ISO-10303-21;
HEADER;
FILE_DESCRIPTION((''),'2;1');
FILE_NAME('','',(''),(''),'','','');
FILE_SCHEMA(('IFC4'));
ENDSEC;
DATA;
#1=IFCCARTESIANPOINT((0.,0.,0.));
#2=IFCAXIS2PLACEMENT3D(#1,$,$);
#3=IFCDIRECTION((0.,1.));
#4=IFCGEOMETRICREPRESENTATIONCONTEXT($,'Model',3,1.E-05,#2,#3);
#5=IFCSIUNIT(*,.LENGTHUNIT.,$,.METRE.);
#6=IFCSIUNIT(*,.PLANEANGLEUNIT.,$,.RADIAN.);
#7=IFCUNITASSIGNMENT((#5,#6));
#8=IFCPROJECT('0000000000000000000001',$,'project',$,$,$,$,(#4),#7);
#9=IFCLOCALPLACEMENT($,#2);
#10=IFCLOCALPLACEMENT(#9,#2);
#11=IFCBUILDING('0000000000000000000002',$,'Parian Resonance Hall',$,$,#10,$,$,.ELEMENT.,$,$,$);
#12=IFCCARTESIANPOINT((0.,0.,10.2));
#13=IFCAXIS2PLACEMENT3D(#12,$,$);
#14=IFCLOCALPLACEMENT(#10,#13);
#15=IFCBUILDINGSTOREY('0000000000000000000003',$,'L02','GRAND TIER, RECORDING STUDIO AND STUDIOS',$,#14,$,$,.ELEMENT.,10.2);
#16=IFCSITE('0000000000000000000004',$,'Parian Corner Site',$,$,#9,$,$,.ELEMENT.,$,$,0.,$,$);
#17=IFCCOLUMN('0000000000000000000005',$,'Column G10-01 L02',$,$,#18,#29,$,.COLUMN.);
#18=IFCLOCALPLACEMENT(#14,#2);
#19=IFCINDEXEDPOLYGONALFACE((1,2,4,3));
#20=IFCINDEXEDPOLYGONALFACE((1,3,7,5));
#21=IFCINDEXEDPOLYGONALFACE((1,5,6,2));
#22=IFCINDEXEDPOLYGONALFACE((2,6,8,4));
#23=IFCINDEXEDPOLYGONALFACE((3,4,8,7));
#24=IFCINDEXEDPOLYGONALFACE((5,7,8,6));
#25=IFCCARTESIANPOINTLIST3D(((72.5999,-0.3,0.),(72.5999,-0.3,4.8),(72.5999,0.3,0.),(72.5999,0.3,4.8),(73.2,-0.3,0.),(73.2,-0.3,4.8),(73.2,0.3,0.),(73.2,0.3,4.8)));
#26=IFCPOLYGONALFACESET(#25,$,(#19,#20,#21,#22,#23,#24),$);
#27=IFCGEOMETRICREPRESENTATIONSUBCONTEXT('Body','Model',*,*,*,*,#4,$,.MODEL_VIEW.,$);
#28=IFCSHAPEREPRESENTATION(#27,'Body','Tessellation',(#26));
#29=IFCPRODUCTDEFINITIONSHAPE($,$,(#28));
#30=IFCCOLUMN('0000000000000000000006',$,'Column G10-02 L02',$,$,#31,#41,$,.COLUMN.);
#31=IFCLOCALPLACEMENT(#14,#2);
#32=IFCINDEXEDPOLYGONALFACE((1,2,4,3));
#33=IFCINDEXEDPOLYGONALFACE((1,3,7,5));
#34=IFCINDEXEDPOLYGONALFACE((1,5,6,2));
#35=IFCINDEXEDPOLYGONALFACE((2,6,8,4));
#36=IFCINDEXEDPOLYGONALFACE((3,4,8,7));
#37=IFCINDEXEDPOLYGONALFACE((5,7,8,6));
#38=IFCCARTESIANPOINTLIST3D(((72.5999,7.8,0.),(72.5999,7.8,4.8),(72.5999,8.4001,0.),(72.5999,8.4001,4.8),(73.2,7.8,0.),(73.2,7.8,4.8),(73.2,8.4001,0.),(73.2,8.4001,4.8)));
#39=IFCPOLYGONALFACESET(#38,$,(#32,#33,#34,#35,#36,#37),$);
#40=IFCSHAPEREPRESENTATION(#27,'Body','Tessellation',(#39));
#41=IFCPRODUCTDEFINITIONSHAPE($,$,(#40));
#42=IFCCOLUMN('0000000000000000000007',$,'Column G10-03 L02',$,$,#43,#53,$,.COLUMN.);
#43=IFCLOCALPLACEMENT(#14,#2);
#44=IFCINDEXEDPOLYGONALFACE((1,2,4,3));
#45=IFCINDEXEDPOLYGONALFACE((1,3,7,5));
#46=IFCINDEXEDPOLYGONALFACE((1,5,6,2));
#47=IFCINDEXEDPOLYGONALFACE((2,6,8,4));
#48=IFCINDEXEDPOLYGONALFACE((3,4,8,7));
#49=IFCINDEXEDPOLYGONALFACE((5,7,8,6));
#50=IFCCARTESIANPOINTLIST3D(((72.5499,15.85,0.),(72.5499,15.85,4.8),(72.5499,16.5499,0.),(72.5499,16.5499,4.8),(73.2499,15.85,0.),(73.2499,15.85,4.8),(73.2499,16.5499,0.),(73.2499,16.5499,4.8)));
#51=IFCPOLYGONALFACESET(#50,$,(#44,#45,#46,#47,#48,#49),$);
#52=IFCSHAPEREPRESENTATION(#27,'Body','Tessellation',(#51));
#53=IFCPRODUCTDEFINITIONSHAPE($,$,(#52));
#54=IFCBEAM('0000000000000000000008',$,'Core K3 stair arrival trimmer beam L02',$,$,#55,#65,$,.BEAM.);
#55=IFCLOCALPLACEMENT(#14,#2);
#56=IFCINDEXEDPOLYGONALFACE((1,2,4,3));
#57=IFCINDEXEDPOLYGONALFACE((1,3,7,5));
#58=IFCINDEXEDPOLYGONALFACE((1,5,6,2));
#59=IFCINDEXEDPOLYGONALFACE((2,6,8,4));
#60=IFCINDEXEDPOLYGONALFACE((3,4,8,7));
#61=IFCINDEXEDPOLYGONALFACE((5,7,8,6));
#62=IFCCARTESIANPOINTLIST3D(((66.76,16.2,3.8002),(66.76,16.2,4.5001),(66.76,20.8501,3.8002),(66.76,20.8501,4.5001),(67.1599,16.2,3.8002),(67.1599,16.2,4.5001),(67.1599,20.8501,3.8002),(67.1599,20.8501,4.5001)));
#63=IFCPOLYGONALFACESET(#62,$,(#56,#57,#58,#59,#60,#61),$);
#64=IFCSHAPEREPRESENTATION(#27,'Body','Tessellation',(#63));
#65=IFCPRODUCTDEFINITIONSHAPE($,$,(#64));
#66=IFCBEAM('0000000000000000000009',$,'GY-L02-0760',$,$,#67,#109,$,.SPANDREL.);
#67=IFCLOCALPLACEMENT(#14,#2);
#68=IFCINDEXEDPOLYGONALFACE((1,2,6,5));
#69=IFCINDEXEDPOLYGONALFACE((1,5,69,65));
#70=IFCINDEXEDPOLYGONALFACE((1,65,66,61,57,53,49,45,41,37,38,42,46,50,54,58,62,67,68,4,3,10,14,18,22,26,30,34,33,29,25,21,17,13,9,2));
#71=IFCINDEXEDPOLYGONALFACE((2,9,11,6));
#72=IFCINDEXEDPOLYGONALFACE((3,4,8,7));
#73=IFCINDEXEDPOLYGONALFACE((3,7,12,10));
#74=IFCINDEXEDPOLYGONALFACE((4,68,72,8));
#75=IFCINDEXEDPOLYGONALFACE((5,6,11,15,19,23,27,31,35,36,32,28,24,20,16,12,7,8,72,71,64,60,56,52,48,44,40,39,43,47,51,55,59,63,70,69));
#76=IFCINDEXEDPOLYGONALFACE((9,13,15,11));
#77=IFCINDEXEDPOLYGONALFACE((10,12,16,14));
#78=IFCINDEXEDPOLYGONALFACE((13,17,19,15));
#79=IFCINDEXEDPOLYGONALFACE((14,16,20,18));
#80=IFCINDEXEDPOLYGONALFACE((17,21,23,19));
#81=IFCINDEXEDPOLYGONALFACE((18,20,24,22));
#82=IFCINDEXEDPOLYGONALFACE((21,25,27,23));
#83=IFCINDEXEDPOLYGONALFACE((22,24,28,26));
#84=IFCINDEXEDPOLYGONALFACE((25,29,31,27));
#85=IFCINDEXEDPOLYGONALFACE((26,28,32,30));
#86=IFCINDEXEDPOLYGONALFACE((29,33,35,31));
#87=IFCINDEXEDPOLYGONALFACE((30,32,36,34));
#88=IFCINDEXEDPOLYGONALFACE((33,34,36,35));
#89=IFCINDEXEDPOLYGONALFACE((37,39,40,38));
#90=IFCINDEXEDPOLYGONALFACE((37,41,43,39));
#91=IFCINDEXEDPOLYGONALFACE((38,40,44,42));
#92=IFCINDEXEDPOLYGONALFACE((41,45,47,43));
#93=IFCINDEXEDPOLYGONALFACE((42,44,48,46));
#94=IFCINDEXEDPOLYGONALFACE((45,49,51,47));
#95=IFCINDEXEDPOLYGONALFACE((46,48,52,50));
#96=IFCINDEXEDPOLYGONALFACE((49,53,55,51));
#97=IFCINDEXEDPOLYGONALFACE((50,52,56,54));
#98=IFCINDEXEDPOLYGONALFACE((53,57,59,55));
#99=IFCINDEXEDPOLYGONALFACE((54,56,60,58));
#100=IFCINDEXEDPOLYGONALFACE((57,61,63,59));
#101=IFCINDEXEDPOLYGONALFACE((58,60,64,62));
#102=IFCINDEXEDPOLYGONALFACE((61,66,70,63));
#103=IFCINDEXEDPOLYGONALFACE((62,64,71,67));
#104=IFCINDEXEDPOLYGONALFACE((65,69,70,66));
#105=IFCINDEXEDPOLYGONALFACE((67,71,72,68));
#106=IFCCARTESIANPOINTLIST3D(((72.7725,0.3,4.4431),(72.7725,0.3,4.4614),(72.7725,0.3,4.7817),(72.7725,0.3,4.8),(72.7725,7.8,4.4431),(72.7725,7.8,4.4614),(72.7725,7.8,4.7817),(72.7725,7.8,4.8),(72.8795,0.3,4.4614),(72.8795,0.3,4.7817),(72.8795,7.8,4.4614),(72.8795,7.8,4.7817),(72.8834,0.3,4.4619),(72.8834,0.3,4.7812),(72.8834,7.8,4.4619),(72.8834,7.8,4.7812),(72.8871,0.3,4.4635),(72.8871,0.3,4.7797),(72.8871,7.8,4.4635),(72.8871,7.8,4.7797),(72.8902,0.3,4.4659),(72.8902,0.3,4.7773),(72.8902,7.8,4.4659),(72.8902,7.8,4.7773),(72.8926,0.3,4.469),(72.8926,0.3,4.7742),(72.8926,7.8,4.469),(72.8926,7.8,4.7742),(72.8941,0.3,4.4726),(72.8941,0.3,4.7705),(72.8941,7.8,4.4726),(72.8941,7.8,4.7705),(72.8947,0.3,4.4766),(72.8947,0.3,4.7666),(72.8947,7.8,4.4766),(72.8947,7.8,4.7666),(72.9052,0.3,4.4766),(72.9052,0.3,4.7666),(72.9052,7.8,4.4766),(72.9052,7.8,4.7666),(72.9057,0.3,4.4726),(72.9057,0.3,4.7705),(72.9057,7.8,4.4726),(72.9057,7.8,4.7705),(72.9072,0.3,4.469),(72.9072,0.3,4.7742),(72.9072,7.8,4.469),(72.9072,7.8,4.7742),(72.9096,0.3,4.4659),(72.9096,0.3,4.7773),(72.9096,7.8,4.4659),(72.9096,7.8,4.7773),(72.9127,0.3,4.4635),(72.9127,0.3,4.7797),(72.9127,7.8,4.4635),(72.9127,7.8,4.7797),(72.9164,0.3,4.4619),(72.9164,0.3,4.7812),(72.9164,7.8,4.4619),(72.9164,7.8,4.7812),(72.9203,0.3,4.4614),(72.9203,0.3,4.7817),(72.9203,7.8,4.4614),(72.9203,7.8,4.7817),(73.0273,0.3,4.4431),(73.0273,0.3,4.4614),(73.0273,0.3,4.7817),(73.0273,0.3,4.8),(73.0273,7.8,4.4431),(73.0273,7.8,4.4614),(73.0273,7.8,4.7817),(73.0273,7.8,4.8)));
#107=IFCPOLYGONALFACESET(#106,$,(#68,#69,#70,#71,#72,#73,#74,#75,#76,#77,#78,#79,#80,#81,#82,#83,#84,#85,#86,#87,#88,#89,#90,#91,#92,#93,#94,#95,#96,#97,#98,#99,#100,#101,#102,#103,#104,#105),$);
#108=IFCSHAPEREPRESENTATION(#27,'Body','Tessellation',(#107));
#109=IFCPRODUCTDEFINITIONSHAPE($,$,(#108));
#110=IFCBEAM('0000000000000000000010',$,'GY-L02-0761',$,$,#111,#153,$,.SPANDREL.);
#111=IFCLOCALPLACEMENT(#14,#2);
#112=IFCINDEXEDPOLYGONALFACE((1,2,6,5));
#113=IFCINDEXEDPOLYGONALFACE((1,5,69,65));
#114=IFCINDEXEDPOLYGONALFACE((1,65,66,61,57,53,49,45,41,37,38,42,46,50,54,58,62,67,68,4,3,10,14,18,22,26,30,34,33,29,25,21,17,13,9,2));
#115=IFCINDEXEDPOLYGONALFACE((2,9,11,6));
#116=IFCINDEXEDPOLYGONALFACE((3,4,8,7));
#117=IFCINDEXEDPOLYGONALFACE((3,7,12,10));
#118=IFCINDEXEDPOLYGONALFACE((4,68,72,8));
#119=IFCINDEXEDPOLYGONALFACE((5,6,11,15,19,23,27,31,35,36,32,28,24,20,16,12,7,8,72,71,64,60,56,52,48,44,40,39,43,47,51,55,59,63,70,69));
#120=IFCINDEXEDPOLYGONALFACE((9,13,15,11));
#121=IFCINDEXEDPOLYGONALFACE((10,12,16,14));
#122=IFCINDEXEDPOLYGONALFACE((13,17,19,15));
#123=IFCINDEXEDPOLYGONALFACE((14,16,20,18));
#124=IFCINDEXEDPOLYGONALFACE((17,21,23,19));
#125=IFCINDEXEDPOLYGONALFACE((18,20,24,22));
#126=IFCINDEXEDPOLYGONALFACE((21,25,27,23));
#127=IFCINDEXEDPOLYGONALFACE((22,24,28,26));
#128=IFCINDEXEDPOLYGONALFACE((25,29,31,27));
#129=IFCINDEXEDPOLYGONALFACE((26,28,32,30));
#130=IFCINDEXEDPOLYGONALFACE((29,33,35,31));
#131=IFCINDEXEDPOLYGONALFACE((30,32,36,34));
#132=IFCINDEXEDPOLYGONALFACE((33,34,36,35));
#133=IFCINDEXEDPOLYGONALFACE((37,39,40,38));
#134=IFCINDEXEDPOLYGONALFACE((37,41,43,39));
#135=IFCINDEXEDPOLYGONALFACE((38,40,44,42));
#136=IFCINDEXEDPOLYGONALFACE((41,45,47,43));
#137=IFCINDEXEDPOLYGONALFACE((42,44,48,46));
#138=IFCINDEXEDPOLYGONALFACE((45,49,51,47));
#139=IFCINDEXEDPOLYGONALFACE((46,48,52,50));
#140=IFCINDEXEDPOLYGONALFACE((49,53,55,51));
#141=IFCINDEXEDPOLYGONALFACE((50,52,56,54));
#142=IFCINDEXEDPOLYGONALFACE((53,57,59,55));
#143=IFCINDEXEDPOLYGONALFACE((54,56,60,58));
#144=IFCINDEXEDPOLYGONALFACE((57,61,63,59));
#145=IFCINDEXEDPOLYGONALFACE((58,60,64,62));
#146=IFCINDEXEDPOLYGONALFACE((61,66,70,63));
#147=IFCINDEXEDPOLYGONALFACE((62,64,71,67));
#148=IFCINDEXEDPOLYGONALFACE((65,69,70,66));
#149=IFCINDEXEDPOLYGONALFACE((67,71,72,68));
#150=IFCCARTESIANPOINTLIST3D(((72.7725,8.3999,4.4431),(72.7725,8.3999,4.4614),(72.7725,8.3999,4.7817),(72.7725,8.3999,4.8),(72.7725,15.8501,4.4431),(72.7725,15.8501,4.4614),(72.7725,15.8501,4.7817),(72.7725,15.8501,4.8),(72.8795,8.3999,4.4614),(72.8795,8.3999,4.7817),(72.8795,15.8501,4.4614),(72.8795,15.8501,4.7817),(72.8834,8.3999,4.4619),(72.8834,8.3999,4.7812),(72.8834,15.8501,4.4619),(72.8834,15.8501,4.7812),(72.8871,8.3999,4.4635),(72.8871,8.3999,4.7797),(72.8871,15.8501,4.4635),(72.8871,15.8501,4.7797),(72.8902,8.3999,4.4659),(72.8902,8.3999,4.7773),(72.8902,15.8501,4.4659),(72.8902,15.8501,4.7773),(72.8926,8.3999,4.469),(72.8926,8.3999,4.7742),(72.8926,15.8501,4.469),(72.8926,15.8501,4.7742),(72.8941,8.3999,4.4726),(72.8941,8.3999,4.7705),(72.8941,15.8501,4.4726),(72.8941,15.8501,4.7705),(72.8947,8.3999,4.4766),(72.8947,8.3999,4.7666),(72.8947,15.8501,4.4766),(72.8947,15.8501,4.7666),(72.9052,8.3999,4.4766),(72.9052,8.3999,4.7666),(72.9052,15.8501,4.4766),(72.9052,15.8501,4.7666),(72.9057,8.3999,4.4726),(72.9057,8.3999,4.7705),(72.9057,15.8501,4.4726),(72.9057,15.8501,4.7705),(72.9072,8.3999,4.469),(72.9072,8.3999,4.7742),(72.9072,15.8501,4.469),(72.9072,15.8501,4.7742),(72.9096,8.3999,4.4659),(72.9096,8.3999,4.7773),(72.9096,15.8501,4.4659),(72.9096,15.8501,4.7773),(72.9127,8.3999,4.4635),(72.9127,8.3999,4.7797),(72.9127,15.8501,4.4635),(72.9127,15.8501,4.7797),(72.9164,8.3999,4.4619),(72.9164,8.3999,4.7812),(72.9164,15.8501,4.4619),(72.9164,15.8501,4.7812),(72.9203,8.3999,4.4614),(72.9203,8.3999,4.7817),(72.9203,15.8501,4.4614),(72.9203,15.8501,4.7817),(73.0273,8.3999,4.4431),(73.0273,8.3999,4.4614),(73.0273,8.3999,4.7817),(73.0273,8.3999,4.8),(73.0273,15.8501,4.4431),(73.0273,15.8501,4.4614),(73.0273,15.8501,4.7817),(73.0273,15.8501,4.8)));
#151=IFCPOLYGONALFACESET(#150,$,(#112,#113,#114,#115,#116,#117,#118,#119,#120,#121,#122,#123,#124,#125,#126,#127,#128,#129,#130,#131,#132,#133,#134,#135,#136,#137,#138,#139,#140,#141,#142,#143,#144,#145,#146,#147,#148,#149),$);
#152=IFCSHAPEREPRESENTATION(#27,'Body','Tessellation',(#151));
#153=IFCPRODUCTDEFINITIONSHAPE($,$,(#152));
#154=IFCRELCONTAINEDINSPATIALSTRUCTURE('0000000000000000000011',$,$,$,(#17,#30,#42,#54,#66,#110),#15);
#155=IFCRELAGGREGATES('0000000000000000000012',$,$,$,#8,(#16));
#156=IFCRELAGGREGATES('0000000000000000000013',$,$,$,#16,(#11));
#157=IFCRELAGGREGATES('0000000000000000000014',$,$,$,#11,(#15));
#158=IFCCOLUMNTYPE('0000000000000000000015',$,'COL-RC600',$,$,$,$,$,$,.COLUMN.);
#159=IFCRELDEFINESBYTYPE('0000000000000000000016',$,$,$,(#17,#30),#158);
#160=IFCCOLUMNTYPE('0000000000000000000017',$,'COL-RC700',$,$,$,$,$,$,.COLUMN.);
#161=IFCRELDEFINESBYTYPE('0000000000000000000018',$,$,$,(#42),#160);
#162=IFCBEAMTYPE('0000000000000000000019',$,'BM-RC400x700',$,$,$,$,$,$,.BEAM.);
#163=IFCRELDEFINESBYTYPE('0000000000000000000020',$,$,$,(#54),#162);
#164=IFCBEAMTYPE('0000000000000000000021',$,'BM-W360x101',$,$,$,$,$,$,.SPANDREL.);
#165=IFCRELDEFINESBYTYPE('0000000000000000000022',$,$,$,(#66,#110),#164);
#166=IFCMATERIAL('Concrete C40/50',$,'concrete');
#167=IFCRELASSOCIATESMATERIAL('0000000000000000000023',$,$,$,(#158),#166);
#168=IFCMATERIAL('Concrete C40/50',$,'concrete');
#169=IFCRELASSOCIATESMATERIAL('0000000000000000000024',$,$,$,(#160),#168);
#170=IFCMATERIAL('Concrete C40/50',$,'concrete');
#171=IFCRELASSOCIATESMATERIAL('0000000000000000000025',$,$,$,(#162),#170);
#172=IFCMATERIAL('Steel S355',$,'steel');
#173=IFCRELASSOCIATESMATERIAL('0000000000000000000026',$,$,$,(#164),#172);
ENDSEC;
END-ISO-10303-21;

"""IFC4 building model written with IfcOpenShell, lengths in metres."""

from ifc_helpers import new_model, si_unit, direction, frame, origin, origin_2d, place, context, subcontext, project, spatial, rectangle, i_section, extrude, material, material_profile, profile_set, type_object, element, save


model = new_model("IFC4")

# Units and contexts
model_context = context("Model", 3, precision=1e-05, world=origin(), true_north=direction((0.0, 1.0)))
body_context = subcontext(model_context, "Body", "Model", "MODEL_VIEW")
ifc_project = project(units=[si_unit("LENGTHUNIT", "METRE"), si_unit("PLANEANGLEUNIT", "RADIAN")], contexts=[model_context])

# Site, building, storey
site_placement = place(None, origin())
site = spatial("IfcSite", under=ifc_project, at=site_placement, Name="Parian Corner Site", CompositionType="ELEMENT", RefElevation=0.0)
building_placement = place(site_placement, origin())
building = spatial("IfcBuilding", under=site, at=building_placement, Name="Parian Resonance Hall", CompositionType="ELEMENT")
storey_placement = place(building_placement, frame((0.0, 0.0, 10.2)))
storey = spatial("IfcBuildingStorey", under=building, at=storey_placement, Name="L02", Description="GRAND TIER, RECORDING STUDIO AND STUDIOS", CompositionType="ELEMENT", Elevation=10.2)

# Columns
ifc_material_1 = material(Name="Concrete C40/50", Category="concrete")
ifc_material_profile_1 = material_profile(ifc_material_1, rectangle(XDim=0.6001, YDim=0.6001, at=origin_2d()), Name="RC-COL-600x600")
ifc_profile_set_1 = profile_set([ifc_material_profile_1], Name="Concrete C40/50")
column_type_1 = type_object("IfcColumnType", Name="COL-RC600", PredefinedType="COLUMN", material=ifc_profile_set_1)
for number, where, z_axis, x_axis, name in (
    (1, (72.8999, 0.0, 0.0), (0.0, 0.0, 1.0), (1.0, 0.0, 0.0), "Column G10-01 L02"),
    (2, (72.8999, 8.1001, 0.0), (0.0, 0.0, 1.0), (1.0, 0.0, 0.0), "Column G10-02 L02"),
):
    element("IfcColumn", number, at=place(storey_placement, frame(where, z_axis=z_axis, x_axis=x_axis)), inside=storey, type_object=column_type_1, Name=name, PredefinedType="COLUMN", context=body_context, shape_type="SweptSolid", body=[
        extrude(rectangle(XDim=0.6001, YDim=0.6001, at=origin_2d()), origin(), (0.0, 0.0, 1.0), 4.8),
    ])
ifc_material_2 = material(Name="Concrete C40/50", Category="concrete")
ifc_material_profile_2 = material_profile(ifc_material_2, rectangle(XDim=0.7, YDim=0.7, at=origin_2d()), Name="RC-COL-700x700")
ifc_profile_set_2 = profile_set([ifc_material_profile_2], Name="Concrete C40/50")
column_type_2 = type_object("IfcColumnType", Name="COL-RC700", PredefinedType="COLUMN", material=ifc_profile_set_2)
column_placement = place(storey_placement, frame((72.8999, 16.2, 0.0), z_axis=(0.0, 0.0, 1.0), x_axis=(1.0, 0.0, 0.0)))
element("IfcColumn", 3, at=column_placement, inside=storey, type_object=column_type_2, Name="Column G10-03 L02", PredefinedType="COLUMN", context=body_context, shape_type="SweptSolid", body=[
    extrude(rectangle(XDim=0.7, YDim=0.7, at=origin_2d()), origin(), (0.0, 0.0, 1.0), 4.8),
])

# Beams
ifc_material_3 = material(Name="Concrete C40/50", Category="concrete")
ifc_material_profile_3 = material_profile(ifc_material_3, rectangle(XDim=0.3999, YDim=0.7, at=origin_2d()), Name="RC-BM-400x700")
ifc_profile_set_3 = profile_set([ifc_material_profile_3], Name="Concrete C40/50")
beam_type_1 = type_object("IfcBeamType", Name="BM-RC400x700", PredefinedType="BEAM", material=ifc_profile_set_3)
beam_1_placement = place(storey_placement, frame((66.96, 16.2, 4.1501), z_axis=(0.0, 1.0, 0.0), x_axis=(-1.0, 0.0, 0.0)))
element("IfcBeam", 4, at=beam_1_placement, inside=storey, type_object=beam_type_1, Name="Core K3 stair arrival trimmer beam L02", PredefinedType="BEAM", context=body_context, shape_type="SweptSolid", body=[
    extrude(rectangle(XDim=0.3999, YDim=0.7, at=origin_2d()), origin(), (0.0, 0.0, 1.0), 4.6501),
])
ifc_material_4 = material(Name="Steel S355", Category="steel")
ifc_material_profile_4 = material_profile(ifc_material_4, i_section(OverallWidth=0.2549, OverallDepth=0.3569, WebThickness=0.0105, FlangeThickness=0.0183, FilletRadius=0.0151, at=origin_2d()), Name="W360x101")
ifc_profile_set_4 = profile_set([ifc_material_profile_4], Name="Steel S355")
beam_type_2 = type_object("IfcBeamType", Name="BM-W360x101", PredefinedType="SPANDREL", material=ifc_profile_set_4)
beam_2_placement = place(storey_placement, frame((72.8999, 0.3, 4.6216), z_axis=(0.0, 1.0, 0.0), x_axis=(-1.0, 0.0, 0.0)))
element("IfcBeam", 5, at=beam_2_placement, inside=storey, type_object=beam_type_2, Name="GY-L02-0760", PredefinedType="SPANDREL", context=body_context, shape_type="SweptSolid", body=[
    extrude(i_section(OverallWidth=0.2549, OverallDepth=0.3569, WebThickness=0.0105, FlangeThickness=0.0183, FilletRadius=0.0151, at=origin_2d()), origin(), (0.0, 0.0, 1.0), 7.5),
])
beam_3_placement = place(storey_placement, frame((72.8999, 8.3999, 4.6216), z_axis=(0.0, 1.0, 0.0), x_axis=(-1.0, 0.0, 0.0)))
element("IfcBeam", 6, at=beam_3_placement, inside=storey, type_object=beam_type_2, Name="GY-L02-0761", PredefinedType="SPANDREL", context=body_context, shape_type="SweptSolid", body=[
    extrude(i_section(OverallWidth=0.2549, OverallDepth=0.3569, WebThickness=0.0105, FlangeThickness=0.0183, FilletRadius=0.0151, at=origin_2d()), origin(), (0.0, 0.0, 1.0), 7.4502),
])

save(model, "model.ifc")
